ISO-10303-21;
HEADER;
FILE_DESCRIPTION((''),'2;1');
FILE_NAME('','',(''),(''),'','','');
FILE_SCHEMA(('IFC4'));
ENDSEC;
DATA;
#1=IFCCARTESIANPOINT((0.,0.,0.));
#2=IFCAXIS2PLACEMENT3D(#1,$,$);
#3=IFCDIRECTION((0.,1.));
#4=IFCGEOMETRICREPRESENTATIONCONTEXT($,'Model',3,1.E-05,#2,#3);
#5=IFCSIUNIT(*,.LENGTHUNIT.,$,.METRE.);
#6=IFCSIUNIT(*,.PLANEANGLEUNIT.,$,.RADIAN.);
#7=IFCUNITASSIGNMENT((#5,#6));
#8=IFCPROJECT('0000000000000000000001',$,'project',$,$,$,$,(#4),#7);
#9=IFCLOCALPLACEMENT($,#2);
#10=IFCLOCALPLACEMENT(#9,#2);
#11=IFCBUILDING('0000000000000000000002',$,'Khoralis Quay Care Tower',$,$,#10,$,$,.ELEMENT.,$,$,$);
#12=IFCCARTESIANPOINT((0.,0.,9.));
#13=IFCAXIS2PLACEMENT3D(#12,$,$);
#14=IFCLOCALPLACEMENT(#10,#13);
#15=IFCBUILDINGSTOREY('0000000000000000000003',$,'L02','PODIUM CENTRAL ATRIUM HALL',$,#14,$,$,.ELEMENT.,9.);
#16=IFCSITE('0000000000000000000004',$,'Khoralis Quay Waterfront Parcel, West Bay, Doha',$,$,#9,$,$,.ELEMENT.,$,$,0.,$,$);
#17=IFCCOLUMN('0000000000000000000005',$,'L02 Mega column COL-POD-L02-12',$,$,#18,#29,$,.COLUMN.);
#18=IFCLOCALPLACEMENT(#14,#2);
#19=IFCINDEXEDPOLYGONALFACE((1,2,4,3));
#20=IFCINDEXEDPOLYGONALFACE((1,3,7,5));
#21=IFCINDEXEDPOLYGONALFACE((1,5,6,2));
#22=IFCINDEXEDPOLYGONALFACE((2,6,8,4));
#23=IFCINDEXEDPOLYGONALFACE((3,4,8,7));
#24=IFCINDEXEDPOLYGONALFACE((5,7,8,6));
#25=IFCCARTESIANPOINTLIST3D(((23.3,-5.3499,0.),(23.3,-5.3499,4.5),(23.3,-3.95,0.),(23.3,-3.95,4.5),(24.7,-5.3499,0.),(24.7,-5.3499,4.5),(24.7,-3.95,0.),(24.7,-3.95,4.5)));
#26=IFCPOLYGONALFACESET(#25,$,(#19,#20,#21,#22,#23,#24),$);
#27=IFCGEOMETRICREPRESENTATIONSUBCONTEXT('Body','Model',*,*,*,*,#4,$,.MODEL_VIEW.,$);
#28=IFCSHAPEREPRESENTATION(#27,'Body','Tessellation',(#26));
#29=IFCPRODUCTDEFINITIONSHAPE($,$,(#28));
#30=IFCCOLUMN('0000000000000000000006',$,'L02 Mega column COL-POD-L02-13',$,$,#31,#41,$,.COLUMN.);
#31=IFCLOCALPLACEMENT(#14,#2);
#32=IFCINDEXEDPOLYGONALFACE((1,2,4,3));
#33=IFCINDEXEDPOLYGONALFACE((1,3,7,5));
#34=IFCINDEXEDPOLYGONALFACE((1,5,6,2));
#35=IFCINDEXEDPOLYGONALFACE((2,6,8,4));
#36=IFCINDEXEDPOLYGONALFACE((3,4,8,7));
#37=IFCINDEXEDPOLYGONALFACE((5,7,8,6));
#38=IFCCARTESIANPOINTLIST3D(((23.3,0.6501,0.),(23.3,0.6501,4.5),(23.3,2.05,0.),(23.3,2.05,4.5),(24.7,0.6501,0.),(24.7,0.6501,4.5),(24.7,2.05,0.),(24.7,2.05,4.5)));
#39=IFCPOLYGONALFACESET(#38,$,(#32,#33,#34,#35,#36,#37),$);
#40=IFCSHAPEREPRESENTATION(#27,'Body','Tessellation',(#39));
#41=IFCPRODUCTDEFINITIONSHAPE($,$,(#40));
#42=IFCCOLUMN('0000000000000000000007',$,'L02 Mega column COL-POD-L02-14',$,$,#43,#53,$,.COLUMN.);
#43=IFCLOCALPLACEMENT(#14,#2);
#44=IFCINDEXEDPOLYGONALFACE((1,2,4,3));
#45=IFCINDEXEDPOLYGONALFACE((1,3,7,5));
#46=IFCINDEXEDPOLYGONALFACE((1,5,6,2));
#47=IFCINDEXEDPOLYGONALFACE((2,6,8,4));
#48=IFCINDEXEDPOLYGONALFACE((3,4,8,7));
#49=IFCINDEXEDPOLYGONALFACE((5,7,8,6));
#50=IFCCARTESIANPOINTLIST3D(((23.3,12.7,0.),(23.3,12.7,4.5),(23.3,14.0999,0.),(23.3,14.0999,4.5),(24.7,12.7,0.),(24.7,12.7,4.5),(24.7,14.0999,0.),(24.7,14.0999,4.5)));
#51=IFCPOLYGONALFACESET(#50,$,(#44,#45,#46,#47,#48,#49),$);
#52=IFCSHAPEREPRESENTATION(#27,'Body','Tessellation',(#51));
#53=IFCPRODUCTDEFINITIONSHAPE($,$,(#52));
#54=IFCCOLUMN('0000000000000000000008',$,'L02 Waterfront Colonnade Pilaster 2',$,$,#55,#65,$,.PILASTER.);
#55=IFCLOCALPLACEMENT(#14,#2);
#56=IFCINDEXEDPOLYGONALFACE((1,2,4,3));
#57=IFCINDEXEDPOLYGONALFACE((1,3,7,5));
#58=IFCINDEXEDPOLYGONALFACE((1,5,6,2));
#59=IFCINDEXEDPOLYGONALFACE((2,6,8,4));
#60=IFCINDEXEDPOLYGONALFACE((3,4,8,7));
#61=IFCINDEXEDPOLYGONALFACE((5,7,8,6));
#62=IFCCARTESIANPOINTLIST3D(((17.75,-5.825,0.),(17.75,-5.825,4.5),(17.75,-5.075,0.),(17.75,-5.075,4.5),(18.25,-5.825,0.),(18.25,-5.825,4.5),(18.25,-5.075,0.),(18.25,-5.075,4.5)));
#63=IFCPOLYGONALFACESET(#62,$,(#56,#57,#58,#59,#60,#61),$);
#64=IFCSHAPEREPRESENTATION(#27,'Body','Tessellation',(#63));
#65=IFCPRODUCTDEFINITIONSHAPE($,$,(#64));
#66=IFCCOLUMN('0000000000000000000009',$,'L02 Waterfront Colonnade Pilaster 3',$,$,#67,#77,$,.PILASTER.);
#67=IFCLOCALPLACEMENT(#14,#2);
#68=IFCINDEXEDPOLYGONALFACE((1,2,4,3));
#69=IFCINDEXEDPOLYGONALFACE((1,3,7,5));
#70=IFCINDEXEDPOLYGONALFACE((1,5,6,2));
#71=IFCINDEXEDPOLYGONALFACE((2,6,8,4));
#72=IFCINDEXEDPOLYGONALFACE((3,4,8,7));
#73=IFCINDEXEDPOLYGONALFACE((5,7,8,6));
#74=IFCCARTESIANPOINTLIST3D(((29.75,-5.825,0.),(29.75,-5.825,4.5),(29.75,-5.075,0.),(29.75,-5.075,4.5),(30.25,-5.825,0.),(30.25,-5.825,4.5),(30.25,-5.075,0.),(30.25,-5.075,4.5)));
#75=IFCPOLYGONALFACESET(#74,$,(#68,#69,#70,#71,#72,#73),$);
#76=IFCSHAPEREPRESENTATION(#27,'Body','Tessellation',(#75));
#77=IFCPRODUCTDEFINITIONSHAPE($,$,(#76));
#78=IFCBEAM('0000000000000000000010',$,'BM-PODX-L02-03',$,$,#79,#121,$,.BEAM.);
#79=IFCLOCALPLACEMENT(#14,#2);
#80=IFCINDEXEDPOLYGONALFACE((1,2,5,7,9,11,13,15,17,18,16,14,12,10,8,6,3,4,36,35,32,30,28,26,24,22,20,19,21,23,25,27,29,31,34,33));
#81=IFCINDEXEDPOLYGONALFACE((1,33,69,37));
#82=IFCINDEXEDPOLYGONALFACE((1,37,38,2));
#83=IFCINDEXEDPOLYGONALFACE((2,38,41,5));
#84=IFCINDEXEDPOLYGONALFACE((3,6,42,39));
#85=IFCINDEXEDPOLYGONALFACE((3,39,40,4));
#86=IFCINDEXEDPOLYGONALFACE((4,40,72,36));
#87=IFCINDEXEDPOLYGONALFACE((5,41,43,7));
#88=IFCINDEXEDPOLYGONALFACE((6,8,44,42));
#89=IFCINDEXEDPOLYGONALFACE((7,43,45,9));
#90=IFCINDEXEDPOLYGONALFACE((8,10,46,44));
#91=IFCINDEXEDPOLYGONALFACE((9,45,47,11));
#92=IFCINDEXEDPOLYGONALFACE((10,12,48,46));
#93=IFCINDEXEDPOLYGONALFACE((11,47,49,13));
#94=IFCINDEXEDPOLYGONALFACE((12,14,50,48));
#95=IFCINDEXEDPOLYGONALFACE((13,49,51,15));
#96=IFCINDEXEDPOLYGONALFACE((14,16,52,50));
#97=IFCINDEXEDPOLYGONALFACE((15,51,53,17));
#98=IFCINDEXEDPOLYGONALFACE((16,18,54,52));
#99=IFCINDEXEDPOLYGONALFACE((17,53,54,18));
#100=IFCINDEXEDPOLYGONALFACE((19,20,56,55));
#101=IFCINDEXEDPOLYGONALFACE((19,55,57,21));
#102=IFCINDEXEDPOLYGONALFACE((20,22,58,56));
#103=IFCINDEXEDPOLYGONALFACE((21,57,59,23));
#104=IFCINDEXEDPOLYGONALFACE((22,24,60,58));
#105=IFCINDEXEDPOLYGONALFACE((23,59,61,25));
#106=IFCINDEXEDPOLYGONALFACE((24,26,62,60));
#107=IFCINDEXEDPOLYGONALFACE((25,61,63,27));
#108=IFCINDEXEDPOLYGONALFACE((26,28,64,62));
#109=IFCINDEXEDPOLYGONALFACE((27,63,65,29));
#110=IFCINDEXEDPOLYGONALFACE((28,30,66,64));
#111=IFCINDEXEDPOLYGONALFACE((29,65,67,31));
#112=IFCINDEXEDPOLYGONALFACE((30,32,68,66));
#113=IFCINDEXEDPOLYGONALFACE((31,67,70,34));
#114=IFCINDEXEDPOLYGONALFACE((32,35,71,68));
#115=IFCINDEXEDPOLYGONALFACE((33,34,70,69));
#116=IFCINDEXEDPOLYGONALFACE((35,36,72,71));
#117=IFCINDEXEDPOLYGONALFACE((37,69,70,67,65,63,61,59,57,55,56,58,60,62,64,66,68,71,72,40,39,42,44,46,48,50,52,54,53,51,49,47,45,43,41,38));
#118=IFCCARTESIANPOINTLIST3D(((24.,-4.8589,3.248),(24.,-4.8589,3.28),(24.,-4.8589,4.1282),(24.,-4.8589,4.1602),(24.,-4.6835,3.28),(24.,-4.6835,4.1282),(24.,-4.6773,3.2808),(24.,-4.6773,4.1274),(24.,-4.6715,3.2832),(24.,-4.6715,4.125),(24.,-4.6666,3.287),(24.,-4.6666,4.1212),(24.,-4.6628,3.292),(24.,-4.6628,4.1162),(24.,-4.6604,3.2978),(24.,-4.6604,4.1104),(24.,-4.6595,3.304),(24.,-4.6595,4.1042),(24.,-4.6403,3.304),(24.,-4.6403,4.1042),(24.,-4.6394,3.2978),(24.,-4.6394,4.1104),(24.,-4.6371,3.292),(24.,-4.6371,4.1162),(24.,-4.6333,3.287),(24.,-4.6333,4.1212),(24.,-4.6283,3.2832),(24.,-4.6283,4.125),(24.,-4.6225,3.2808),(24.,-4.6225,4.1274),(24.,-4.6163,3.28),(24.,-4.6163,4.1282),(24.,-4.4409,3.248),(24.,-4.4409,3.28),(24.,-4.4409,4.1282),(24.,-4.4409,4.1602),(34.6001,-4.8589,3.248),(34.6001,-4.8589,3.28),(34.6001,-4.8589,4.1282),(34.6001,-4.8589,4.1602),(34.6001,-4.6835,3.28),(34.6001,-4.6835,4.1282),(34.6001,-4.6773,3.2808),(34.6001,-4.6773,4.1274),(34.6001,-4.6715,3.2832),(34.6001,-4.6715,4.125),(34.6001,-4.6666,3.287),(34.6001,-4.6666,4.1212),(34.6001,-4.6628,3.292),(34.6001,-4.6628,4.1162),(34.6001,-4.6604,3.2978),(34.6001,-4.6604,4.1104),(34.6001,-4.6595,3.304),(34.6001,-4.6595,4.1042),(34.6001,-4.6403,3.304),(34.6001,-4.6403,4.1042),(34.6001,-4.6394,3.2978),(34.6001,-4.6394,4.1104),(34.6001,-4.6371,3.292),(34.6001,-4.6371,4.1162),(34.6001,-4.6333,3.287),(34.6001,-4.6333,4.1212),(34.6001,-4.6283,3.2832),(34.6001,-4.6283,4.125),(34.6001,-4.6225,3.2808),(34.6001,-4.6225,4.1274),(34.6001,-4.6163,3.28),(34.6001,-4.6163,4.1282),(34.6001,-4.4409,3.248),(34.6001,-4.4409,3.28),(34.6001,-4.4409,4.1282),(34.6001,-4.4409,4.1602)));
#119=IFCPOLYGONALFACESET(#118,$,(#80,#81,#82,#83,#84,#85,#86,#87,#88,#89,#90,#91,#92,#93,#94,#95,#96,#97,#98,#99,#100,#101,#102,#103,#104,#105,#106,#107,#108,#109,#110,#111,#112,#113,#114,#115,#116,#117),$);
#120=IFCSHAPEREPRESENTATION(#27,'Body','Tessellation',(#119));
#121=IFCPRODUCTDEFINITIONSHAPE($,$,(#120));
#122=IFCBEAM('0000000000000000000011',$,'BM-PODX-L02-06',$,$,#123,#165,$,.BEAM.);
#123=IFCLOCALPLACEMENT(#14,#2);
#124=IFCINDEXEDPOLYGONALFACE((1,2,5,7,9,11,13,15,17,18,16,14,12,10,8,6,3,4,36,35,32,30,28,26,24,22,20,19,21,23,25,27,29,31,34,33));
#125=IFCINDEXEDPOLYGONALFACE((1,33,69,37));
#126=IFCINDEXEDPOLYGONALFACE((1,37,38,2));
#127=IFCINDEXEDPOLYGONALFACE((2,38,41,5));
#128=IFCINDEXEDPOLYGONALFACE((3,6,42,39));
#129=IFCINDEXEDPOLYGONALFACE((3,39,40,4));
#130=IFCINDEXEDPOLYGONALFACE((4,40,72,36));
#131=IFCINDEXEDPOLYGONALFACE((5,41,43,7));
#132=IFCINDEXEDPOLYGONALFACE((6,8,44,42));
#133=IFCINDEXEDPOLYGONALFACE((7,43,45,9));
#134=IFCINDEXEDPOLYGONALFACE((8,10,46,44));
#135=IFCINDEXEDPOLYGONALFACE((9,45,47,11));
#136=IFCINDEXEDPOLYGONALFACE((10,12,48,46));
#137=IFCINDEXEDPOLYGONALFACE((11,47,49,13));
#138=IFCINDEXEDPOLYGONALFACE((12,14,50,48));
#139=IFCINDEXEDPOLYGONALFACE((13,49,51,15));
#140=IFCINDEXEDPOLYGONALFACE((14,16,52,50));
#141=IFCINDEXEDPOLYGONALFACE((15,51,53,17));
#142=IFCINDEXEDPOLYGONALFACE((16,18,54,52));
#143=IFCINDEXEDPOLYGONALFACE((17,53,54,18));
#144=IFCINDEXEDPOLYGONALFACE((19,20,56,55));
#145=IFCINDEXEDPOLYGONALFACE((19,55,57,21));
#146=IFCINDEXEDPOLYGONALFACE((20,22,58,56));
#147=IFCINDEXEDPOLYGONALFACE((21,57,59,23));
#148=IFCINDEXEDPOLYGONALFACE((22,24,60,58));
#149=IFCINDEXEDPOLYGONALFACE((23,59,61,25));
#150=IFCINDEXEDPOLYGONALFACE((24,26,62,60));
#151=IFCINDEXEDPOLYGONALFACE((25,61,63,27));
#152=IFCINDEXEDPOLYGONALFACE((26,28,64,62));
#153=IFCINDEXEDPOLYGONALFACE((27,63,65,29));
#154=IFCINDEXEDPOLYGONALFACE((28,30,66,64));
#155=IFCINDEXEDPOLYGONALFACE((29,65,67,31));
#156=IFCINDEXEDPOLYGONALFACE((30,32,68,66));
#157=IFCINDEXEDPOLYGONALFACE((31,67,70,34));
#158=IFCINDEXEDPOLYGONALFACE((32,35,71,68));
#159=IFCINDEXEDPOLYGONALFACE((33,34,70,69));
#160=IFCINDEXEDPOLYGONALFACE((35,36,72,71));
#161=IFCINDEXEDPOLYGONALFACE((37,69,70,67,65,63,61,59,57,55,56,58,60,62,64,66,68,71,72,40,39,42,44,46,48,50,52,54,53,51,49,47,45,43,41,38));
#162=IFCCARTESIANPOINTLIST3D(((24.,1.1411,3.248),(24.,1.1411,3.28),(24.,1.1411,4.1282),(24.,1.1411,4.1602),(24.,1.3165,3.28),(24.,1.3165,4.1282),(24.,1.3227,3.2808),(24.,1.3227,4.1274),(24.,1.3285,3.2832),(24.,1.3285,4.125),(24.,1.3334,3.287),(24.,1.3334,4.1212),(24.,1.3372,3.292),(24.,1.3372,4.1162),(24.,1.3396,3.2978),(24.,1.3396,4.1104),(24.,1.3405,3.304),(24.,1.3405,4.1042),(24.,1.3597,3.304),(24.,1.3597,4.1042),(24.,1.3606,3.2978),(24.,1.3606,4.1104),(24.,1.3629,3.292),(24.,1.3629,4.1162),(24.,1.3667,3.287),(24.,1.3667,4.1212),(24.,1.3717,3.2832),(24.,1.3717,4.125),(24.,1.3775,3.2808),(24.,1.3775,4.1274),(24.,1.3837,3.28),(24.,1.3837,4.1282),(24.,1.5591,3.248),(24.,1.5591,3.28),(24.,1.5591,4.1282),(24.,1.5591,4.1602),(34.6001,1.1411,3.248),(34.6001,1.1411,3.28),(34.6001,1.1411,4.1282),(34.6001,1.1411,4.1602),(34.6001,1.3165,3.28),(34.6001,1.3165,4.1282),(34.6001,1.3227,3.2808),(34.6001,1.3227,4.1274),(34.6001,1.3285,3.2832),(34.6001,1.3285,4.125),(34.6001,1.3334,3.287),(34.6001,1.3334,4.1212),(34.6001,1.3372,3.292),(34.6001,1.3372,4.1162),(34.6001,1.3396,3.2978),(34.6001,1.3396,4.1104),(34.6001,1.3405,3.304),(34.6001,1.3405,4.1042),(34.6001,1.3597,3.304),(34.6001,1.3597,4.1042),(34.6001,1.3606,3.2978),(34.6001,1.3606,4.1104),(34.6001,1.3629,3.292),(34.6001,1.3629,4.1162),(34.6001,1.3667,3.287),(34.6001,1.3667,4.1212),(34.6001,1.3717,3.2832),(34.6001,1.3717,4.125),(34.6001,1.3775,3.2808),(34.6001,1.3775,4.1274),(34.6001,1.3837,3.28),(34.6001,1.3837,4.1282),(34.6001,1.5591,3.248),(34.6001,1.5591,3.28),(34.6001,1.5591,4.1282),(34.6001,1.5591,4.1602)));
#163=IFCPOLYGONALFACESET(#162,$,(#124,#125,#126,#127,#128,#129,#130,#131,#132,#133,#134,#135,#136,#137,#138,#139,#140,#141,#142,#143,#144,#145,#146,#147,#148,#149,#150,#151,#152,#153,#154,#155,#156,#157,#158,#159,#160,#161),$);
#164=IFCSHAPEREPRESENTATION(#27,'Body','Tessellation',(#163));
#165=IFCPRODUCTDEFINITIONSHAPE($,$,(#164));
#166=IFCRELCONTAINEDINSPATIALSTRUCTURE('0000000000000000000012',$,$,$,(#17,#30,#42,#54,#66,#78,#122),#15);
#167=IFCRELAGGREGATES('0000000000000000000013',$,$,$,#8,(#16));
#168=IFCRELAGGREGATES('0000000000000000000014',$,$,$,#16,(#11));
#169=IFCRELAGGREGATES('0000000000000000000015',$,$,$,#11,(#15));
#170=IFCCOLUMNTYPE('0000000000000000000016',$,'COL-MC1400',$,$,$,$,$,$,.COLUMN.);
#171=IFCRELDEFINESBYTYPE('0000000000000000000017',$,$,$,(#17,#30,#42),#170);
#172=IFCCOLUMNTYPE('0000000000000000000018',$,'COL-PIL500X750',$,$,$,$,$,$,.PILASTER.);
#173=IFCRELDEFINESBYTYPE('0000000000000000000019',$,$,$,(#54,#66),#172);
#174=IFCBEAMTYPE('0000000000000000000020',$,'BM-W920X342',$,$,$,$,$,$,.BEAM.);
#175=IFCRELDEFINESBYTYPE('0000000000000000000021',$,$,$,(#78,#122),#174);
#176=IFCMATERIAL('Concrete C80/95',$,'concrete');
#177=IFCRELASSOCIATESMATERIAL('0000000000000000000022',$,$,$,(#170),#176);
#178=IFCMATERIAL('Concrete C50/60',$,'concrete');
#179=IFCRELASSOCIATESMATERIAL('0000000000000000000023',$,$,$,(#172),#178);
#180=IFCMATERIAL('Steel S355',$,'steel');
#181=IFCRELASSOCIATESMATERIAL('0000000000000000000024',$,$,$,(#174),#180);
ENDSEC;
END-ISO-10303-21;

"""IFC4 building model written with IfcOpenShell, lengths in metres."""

from ifc_helpers import new_model, si_unit, direction, frame, origin, origin_2d, place, context, subcontext, project, spatial, rectangle, i_section, extrude, source, transform, mapped, material, material_profile, profile_set, type_object, element, save


model = new_model("IFC4")

# Units and contexts
model_context = context("Model", 3, precision=1e-05, world=origin(), true_north=direction((0.0, 1.0)))
body_context = subcontext(model_context, "Body", "Model", "MODEL_VIEW")
ifc_project = project(units=[si_unit("LENGTHUNIT", "METRE"), si_unit("PLANEANGLEUNIT", "RADIAN")], contexts=[model_context])

# Site, building, storey
site_placement = place(None, origin())
site = spatial("IfcSite", under=ifc_project, at=site_placement, Name="Khoralis Quay Waterfront Parcel, West Bay, Doha", CompositionType="ELEMENT", RefElevation=0.0)
building_placement = place(site_placement, origin())
building = spatial("IfcBuilding", under=site, at=building_placement, Name="Khoralis Quay Care Tower", CompositionType="ELEMENT")
storey_placement = place(building_placement, frame((0.0, 0.0, 9.0)))
storey = spatial("IfcBuildingStorey", under=building, at=storey_placement, Name="L02", Description="PODIUM CENTRAL ATRIUM HALL", CompositionType="ELEMENT", Elevation=9.0)

# Columns
ifc_material_1 = material(Name="Concrete C80/95", Category="concrete")
ifc_material_profile_1 = material_profile(ifc_material_1, rectangle(XDim=1.3999, YDim=1.3999, at=origin_2d()), Name="Concrete C80/95")
ifc_profile_set_1 = profile_set([ifc_material_profile_1], Name="Concrete C80/95")
column_type_1 = type_object("IfcColumnType", Name="COL-MC1400", PredefinedType="COLUMN", material=ifc_profile_set_1)
shared_shape_1 = source(origin(), body_context, "Body", "SweptSolid", [
    extrude(rectangle(XDim=1.3999, YDim=1.3999, at=origin_2d()), origin(), (0.0, 0.0, 1.0), 4.5),
])
for number, where, z_axis, x_axis, name in (
    (1, (24.0, -4.6499, 0.0), (0.0, 0.0, 1.0), (1.0, 0.0, 0.0), "L02 Mega column COL-POD-L02-12"),
    (2, (24.0, 1.3501, 0.0), (0.0, 0.0, 1.0), (1.0, 0.0, 0.0), "L02 Mega column COL-POD-L02-13"),
    (3, (24.0, 13.3999, 0.0), (0.0, 0.0, 1.0), (1.0, 0.0, 0.0), "L02 Mega column COL-POD-L02-14"),
):
    element("IfcColumn", number, at=place(storey_placement, frame(where, z_axis=z_axis, x_axis=x_axis)), inside=storey, type_object=column_type_1, Name=name, PredefinedType="COLUMN", context=body_context, shape_type="MappedRepresentation", body=[
        mapped(shared_shape_1, transform((0.0, 0.0, 0.0), scale=1.0)),
    ])
ifc_material_2 = material(Name="Concrete C50/60", Category="concrete")
ifc_material_profile_2 = material_profile(ifc_material_2, rectangle(XDim=0.5, YDim=0.75, at=origin_2d()), Name="Concrete C50/60")
ifc_profile_set_2 = profile_set([ifc_material_profile_2], Name="Concrete C50/60")
column_type_2 = type_object("IfcColumnType", Name="COL-PIL500X750", PredefinedType="PILASTER", material=ifc_profile_set_2)
shared_shape_2 = source(origin(), body_context, "Body", "SweptSolid", [
    extrude(rectangle(XDim=0.5, YDim=0.75, at=origin_2d()), origin(), (0.0, 0.0, 1.0), 4.5),
])
for number, where, z_axis, x_axis, name in (
    (4, (18.0, -5.45, 0.0), (0.0, 0.0, 1.0), (1.0, 0.0, 0.0), "L02 Waterfront Colonnade Pilaster 2"),
    (5, (30.0, -5.45, 0.0), (0.0, 0.0, 1.0), (1.0, 0.0, 0.0), "L02 Waterfront Colonnade Pilaster 3"),
):
    element("IfcColumn", number, at=place(storey_placement, frame(where, z_axis=z_axis, x_axis=x_axis)), inside=storey, type_object=column_type_2, Name=name, PredefinedType="PILASTER", context=body_context, shape_type="MappedRepresentation", body=[
        mapped(shared_shape_2, transform((0.0, 0.0, 0.0), scale=1.0)),
    ])

# Beams
ifc_material_3 = material(Name="Steel S355", Category="steel")
ifc_material_profile_3 = material_profile(ifc_material_3, i_section(OverallWidth=0.418, OverallDepth=0.9121, WebThickness=0.0193, FlangeThickness=0.032, FilletRadius=0.0239, at=origin_2d()), Name="Steel S355")
ifc_profile_set_3 = profile_set([ifc_material_profile_3], Name="Steel S355")
beam_type_1 = type_object("IfcBeamType", Name="BM-W920X342", PredefinedType="BEAM", material=ifc_profile_set_3)
shared_shape_3 = source(origin(), body_context, "Body", "SweptSolid", [
    extrude(i_section(OverallWidth=0.418, OverallDepth=0.9121, WebThickness=0.0193, FlangeThickness=0.032, FilletRadius=0.0239, at=origin_2d()), origin(), (0.0, 0.0, 1.0), 10.6001),
])
for number, where, z_axis, x_axis, name in (
    (6, (24.0, -4.6499, 3.7041), (1.0, 0.0, 0.0), (0.0, 1.0, 0.0), "BM-PODX-L02-03"),
    (7, (24.0, 1.3501, 3.7041), (1.0, 0.0, 0.0), (0.0, 1.0, 0.0), "BM-PODX-L02-06"),
):
    element("IfcBeam", number, at=place(storey_placement, frame(where, z_axis=z_axis, x_axis=x_axis)), inside=storey, type_object=beam_type_1, Name=name, PredefinedType="BEAM", context=body_context, shape_type="MappedRepresentation", body=[
        mapped(shared_shape_3, transform((0.0, 0.0, 0.0), scale=1.0)),
    ])

save(model, "model.ifc")
